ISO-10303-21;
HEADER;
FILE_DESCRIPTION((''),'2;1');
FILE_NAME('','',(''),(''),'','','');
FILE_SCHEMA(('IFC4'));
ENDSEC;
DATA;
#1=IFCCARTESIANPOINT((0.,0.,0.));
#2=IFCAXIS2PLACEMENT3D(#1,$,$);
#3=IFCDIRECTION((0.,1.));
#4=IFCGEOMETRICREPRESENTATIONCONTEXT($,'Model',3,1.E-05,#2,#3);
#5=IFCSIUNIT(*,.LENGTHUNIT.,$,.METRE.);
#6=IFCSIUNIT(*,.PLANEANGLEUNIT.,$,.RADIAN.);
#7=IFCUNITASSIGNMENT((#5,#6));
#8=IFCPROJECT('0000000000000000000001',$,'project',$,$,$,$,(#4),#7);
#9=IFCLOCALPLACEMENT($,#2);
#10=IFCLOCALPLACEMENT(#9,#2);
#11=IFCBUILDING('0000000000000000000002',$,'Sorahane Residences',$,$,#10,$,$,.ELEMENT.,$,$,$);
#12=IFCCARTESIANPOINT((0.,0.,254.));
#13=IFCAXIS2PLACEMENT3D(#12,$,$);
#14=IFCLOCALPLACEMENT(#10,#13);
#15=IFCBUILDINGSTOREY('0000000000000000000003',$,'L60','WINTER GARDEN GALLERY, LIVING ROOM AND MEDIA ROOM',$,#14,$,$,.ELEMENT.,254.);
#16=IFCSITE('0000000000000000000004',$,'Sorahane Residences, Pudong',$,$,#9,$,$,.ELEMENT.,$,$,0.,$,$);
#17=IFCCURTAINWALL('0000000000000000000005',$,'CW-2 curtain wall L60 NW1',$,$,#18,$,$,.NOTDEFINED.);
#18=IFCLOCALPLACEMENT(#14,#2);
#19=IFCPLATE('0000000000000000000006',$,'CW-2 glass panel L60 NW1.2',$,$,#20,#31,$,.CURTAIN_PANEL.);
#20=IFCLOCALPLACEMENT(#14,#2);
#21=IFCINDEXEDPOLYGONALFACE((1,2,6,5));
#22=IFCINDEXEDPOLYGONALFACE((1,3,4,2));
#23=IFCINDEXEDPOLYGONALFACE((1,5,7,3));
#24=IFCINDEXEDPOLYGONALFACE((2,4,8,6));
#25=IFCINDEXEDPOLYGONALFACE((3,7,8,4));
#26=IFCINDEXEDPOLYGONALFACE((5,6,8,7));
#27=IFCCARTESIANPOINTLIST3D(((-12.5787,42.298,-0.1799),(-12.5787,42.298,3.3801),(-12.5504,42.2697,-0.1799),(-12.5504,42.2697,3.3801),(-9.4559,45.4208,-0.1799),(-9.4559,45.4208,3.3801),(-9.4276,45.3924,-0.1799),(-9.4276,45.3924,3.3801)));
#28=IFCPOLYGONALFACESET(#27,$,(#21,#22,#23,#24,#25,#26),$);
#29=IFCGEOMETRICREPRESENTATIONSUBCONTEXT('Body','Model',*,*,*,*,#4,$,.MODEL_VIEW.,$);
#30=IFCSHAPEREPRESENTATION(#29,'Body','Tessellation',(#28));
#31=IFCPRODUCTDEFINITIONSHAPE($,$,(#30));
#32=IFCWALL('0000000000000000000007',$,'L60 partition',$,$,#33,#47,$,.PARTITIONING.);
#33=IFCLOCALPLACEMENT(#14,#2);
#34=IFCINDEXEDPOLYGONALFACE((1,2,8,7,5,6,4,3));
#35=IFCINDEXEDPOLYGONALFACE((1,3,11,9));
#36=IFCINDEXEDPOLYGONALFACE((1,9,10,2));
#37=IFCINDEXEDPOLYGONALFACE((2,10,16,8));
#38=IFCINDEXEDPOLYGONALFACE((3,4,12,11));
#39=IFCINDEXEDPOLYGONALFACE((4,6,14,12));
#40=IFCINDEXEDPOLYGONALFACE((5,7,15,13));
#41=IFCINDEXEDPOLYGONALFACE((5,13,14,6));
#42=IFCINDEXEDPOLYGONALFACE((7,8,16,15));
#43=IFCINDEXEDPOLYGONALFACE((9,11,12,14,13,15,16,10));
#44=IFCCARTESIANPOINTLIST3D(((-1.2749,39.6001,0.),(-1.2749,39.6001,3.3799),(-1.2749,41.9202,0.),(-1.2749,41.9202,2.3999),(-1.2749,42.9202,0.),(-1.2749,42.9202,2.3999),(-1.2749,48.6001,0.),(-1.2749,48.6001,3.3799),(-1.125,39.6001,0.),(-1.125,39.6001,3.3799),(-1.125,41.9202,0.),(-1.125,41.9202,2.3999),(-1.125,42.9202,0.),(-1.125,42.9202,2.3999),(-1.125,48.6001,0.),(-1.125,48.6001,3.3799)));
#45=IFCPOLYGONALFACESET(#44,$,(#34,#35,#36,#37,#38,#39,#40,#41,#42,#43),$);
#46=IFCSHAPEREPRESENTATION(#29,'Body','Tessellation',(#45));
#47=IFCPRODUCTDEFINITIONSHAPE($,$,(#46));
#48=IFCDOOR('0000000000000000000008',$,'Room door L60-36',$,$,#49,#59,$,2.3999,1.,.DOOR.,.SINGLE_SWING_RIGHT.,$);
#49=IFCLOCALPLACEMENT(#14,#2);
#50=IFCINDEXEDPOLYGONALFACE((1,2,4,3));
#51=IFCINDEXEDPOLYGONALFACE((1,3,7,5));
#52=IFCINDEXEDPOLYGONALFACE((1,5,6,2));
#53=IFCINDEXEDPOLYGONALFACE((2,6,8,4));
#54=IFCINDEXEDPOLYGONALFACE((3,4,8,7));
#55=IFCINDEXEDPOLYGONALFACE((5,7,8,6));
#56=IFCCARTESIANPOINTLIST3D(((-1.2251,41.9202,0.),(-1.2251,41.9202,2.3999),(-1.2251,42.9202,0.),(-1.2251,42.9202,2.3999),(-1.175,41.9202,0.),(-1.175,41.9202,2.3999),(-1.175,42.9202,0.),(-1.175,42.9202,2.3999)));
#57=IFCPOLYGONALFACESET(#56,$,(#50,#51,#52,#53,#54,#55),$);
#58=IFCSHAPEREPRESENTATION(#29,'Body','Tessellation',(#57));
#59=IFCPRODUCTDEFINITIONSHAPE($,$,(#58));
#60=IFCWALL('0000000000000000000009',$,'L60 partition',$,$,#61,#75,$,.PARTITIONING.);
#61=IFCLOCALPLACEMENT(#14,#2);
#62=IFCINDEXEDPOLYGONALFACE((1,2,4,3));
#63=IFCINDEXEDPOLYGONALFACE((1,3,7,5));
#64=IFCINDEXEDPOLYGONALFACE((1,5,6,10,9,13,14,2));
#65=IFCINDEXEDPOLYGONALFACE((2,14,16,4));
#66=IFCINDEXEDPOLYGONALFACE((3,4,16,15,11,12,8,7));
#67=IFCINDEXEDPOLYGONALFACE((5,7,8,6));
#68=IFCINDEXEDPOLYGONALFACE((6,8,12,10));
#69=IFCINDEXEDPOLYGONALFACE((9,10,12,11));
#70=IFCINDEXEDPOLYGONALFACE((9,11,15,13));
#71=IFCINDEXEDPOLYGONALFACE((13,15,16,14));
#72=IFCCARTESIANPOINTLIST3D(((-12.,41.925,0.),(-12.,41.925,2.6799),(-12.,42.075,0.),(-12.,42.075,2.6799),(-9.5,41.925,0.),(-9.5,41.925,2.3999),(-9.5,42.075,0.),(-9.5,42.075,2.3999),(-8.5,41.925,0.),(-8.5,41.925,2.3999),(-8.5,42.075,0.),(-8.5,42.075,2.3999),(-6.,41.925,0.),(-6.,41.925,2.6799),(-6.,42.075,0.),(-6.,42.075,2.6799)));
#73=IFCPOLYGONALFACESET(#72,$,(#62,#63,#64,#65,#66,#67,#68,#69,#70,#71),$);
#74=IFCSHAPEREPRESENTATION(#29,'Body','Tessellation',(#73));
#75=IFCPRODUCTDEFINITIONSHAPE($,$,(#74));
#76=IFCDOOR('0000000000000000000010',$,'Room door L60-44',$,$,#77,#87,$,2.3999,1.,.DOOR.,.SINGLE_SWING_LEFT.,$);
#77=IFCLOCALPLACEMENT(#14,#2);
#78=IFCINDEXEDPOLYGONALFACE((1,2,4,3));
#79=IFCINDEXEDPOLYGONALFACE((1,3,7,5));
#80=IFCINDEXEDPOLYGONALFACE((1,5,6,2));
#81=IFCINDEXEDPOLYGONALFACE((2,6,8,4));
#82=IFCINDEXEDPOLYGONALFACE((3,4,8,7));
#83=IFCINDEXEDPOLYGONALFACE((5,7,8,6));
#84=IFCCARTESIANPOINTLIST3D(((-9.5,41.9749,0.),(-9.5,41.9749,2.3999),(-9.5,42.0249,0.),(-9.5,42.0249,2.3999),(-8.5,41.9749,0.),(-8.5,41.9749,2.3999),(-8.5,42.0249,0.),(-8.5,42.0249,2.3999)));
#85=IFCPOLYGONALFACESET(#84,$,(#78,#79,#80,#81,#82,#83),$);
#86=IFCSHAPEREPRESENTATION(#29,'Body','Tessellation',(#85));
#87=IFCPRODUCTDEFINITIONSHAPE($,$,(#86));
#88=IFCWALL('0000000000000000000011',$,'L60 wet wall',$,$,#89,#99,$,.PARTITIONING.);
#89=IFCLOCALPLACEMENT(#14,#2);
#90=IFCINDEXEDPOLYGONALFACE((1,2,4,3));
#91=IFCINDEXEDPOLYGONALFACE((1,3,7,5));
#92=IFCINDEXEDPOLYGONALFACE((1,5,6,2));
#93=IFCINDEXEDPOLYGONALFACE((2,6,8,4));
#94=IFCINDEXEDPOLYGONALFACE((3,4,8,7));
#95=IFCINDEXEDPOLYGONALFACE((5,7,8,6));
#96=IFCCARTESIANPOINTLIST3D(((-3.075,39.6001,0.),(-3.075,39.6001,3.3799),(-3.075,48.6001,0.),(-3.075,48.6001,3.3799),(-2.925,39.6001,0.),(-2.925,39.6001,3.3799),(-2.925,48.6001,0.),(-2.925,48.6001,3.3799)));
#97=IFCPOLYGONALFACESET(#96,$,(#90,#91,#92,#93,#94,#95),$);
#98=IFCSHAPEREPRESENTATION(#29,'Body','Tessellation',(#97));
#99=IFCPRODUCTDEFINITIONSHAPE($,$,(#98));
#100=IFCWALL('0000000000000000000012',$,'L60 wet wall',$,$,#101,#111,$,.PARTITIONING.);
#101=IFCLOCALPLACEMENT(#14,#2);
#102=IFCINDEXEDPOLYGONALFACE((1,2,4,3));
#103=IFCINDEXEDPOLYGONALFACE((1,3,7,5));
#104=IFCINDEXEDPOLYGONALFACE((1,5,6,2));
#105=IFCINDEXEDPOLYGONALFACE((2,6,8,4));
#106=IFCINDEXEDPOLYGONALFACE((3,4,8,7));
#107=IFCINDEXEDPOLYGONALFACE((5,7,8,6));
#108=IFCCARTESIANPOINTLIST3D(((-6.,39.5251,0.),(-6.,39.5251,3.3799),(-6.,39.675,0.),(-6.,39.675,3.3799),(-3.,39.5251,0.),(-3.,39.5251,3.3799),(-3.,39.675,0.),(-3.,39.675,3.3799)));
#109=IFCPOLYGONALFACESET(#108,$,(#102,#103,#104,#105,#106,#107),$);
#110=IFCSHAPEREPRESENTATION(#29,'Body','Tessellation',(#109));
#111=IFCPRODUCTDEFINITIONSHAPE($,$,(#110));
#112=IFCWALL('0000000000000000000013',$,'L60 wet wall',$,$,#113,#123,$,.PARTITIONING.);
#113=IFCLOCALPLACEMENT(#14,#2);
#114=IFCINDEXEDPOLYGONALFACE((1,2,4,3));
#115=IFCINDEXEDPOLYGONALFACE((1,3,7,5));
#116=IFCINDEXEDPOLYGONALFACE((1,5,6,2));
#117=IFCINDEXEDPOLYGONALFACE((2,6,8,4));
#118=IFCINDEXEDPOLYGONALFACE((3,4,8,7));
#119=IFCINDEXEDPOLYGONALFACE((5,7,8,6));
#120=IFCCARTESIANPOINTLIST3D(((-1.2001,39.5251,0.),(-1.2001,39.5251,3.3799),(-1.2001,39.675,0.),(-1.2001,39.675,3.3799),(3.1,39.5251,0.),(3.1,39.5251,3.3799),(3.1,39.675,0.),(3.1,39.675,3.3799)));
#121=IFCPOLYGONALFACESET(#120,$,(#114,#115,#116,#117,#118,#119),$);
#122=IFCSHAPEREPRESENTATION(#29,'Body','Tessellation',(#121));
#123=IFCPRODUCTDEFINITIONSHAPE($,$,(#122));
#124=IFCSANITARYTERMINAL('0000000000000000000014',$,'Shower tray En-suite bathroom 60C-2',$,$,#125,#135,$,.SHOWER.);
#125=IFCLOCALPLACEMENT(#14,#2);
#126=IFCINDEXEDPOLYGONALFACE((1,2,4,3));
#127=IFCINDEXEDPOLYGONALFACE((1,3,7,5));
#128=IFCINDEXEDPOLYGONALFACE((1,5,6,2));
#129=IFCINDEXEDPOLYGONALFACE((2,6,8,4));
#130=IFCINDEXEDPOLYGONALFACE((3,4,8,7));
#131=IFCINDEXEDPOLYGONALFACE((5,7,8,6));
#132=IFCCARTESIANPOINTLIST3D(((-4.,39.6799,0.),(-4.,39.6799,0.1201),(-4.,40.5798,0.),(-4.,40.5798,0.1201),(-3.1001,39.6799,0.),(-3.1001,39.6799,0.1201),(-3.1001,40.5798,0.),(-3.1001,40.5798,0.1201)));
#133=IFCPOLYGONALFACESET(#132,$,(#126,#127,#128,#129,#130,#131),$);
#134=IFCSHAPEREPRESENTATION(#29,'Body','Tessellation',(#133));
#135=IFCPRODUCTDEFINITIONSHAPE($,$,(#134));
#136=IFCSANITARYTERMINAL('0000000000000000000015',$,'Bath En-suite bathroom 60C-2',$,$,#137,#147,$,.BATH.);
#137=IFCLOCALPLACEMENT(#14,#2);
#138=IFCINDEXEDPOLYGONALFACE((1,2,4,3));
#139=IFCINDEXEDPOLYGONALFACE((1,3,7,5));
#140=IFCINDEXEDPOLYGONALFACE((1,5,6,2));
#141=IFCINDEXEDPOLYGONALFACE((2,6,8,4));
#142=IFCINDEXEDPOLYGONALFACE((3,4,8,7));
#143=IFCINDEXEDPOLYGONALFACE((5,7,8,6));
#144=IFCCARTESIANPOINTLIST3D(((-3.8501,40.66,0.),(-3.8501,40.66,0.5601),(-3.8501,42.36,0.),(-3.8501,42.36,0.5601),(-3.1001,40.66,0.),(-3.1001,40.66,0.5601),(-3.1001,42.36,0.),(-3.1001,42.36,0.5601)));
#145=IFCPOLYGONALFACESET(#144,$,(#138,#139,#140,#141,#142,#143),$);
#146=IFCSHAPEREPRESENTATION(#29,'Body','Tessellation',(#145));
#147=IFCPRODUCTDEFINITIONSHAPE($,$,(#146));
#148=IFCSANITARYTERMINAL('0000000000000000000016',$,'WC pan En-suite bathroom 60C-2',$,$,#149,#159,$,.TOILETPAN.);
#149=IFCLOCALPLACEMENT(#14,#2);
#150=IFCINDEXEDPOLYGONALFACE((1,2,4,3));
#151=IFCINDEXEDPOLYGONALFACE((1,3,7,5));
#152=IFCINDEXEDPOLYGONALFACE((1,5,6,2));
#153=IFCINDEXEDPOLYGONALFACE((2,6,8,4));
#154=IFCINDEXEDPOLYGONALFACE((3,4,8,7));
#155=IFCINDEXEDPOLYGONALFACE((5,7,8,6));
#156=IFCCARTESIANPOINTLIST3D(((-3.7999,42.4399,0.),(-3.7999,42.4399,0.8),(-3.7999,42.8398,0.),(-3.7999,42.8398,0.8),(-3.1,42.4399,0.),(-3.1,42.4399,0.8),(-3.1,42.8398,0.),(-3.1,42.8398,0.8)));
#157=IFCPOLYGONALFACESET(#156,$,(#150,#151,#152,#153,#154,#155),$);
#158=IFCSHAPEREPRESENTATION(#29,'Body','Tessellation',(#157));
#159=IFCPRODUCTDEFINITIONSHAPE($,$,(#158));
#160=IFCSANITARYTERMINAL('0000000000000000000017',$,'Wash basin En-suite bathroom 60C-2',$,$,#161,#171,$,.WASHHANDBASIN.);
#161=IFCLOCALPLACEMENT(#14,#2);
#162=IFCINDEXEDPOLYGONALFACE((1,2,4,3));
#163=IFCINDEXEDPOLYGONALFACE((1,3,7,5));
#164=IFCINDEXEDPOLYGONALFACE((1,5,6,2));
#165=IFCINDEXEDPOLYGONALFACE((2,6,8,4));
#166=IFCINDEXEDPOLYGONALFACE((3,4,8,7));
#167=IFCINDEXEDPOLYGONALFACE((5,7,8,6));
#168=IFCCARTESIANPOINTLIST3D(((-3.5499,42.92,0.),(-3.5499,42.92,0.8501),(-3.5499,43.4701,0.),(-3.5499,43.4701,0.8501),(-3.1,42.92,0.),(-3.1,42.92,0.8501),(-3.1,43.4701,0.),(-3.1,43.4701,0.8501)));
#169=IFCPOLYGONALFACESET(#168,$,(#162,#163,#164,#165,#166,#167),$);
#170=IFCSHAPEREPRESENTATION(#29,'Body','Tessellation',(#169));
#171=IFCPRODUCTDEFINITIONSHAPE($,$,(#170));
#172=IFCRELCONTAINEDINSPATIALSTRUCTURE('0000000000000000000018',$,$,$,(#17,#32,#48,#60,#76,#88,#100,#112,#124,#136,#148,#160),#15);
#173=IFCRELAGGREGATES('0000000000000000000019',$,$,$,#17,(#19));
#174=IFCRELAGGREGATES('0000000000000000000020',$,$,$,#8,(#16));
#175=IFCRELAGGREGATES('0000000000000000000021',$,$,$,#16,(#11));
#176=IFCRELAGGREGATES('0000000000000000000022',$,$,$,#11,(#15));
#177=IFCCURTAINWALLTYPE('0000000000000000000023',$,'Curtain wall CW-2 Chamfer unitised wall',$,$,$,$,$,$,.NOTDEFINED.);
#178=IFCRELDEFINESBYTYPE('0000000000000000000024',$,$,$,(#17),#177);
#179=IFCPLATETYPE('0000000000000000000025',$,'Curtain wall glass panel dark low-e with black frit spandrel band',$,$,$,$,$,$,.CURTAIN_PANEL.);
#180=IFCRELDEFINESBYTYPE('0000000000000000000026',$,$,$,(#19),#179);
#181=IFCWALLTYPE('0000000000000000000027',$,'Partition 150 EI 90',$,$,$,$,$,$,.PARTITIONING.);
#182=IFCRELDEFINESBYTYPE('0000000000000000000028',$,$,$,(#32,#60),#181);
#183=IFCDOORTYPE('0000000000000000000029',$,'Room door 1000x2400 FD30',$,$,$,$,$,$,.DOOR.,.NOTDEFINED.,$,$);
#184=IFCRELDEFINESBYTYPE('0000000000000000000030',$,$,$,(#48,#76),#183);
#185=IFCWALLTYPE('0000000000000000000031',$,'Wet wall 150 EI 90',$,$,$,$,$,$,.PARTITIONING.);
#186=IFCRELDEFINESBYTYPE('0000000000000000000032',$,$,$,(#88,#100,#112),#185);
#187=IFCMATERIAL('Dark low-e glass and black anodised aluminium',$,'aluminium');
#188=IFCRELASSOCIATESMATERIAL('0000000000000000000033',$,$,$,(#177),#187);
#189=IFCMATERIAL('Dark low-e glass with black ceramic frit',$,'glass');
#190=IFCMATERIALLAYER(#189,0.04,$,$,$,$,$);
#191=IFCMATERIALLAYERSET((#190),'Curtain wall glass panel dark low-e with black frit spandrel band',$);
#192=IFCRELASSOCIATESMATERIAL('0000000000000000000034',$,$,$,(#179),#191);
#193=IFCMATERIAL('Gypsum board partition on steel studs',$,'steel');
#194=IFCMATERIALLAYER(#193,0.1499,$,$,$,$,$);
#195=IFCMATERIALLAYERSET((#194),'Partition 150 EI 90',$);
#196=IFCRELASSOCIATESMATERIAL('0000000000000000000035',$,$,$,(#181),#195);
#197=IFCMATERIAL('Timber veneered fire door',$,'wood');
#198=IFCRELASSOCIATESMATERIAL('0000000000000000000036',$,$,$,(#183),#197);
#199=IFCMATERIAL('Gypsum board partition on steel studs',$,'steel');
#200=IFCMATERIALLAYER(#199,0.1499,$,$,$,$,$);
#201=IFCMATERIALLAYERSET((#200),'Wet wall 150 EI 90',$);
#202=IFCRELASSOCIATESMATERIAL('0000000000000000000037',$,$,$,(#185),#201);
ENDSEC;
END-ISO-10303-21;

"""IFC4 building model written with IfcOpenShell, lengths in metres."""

from ifc_helpers import new_model, si_unit, direction, frame, frame_2d, origin, origin_2d, place, context, subcontext, project, spatial, rectangle, extrude, material, layer, layer_set, type_object, element, fill, aggregate, save


model = new_model("IFC4")

# Units and contexts
model_context = context("Model", 3, precision=1e-05, world=origin(), true_north=direction((0.0, 1.0)))
body_context = subcontext(model_context, "Body", "Model", "MODEL_VIEW")
ifc_project = project(units=[si_unit("LENGTHUNIT", "METRE"), si_unit("PLANEANGLEUNIT", "RADIAN")], contexts=[model_context])

# Site, building, storey
site_placement = place(None, origin())
site = spatial("IfcSite", under=ifc_project, at=site_placement, Name="Sorahane Residences, Pudong", CompositionType="ELEMENT", RefElevation=0.0)
building_placement = place(site_placement, origin())
building = spatial("IfcBuilding", under=site, at=building_placement, Name="Sorahane Residences", CompositionType="ELEMENT")
storey_placement = place(building_placement, frame((0.0, 0.0, 254.0)))
storey = spatial("IfcBuildingStorey", under=building, at=storey_placement, Name="L60", Description="WINTER GARDEN GALLERY, LIVING ROOM AND MEDIA ROOM", CompositionType="ELEMENT", Elevation=254.0)

# Curtain wall
ifc_material_1 = material(Name="Dark low-e glass and black anodised aluminium", Category="aluminium")
curtain_wall_type_1 = type_object("IfcCurtainWallType", Name="Curtain wall CW-2 Chamfer unitised wall", PredefinedType="NOTDEFINED", material=ifc_material_1)
curtain_wall_1_placement = place(storey_placement, origin())
curtain_wall_1 = element("IfcCurtainWall", 1, at=curtain_wall_1_placement, inside=storey, type_object=curtain_wall_type_1, Name="CW-2 curtain wall L60 NW1", PredefinedType="NOTDEFINED")

# Plate
ifc_material_2 = material(Name="Dark low-e glass with black ceramic frit", Category="glass")
ifc_layer_1 = layer(ifc_material_2, 0.04)
ifc_layer_set_1 = layer_set([ifc_layer_1], Name="Curtain wall glass panel dark low-e with black frit spandrel band")
plate_type = type_object("IfcPlateType", Name="Curtain wall glass panel dark low-e with black frit spandrel band", PredefinedType="CURTAIN_PANEL", material=ifc_layer_set_1)
plate_1_placement = place(storey_placement, frame((-11.0032, 43.8452, -0.1799), z_axis=(0.0, 0.0, 1.0), x_axis=(-0.707107, -0.707107, 0.0)))
plate_1 = element("IfcPlate", 2, at=plate_1_placement, type_object=plate_type, Name="CW-2 glass panel L60 NW1.2", PredefinedType="CURTAIN_PANEL", context=body_context, shape_type="SweptSolid", body=[
    extrude(rectangle(XDim=4.4163, YDim=0.04, at=origin_2d()), origin(), (0.0, 0.0, 1.0), 3.5601),
])
aggregate(curtain_wall_1, [plate_1])

# Walls, openings, doors
ifc_material_3 = material(Name="Gypsum board partition on steel studs", Category="steel")
ifc_layer_2 = layer(ifc_material_3, 0.1499)
ifc_layer_set_2 = layer_set([ifc_layer_2], Name="Partition 150 EI 90")
wall_type_1 = type_object("IfcWallType", Name="Partition 150 EI 90", PredefinedType="PARTITIONING", material=ifc_layer_set_2)
wall_1_placement = place(storey_placement, frame((-1.2, 39.6001, 0.0), z_axis=(0.0, 0.0, 1.0), x_axis=(0.0, 1.0, 0.0)))
wall_1 = element("IfcWall", 3, at=wall_1_placement, inside=storey, type_object=wall_type_1, Name="L60 partition", PredefinedType="PARTITIONING", context=body_context, shape_type="SweptSolid", body=[
    extrude(rectangle(XDim=9.0, YDim=0.1499, at=frame_2d((4.5, 0.0))), origin(), (0.0, 0.0, 1.0), 3.3799),
])
opening_1_placement = place(wall_1_placement, frame((2.3201, 0.0, 0.0)))
opening_1 = element("IfcOpeningElement", 4, at=opening_1_placement, cuts=wall_1, PredefinedType="OPENING", context=body_context, shape_type="SweptSolid", body=[
    extrude(rectangle(XDim=1.0, YDim=2.3999, at=frame_2d((0.5, 1.2))), frame((0.0, 0.085, 0.0), z_axis=(0.0, -1.0, 0.0), x_axis=(1.0, 0.0, 0.0)), (0.0, 0.0, 1.0), 0.1699),
])
ifc_material_4 = material(Name="Timber veneered fire door", Category="wood")
door_type = type_object("IfcDoorType", Name="Room door 1000x2400 FD30", OperationType="NOTDEFINED", PredefinedType="DOOR", material=ifc_material_4)
door_1_placement = place(opening_1_placement, frame((1.0, 0.0, 0.0), z_axis=(0.0, 0.0, 1.0), x_axis=(-1.0, 0.0, 0.0)))
door_1 = element("IfcDoor", 5, at=door_1_placement, inside=storey, type_object=door_type, Name="Room door L60-36", OperationType="SINGLE_SWING_RIGHT", OverallHeight=2.3999, OverallWidth=1.0, PredefinedType="DOOR", context=body_context, shape_type="SweptSolid", body=[
    extrude(rectangle(XDim=1.0, YDim=2.3999, at=frame_2d((0.5, 1.2))), frame((0.0, 0.0249, 0.0), z_axis=(0.0, -1.0, 0.0), x_axis=(1.0, 0.0, 0.0)), (0.0, 0.0, 1.0), 0.05),
])
fill(opening_1, door_1)
wall_2_placement = place(storey_placement, frame((-12.0, 42.0, 0.0), z_axis=(0.0, 0.0, 1.0), x_axis=(1.0, 0.0, 0.0)))
wall_2 = element("IfcWall", 6, at=wall_2_placement, inside=storey, type_object=wall_type_1, Name="L60 partition", PredefinedType="PARTITIONING", context=body_context, shape_type="SweptSolid", body=[
    extrude(rectangle(XDim=6.0, YDim=0.1499, at=frame_2d((3.0, 0.0))), origin(), (0.0, 0.0, 1.0), 2.6799),
])
opening_2_placement = place(wall_2_placement, frame((2.5, 0.0, 0.0)))
opening_2 = element("IfcOpeningElement", 7, at=opening_2_placement, cuts=wall_2, PredefinedType="OPENING", context=body_context, shape_type="SweptSolid", body=[
    extrude(rectangle(XDim=1.0, YDim=2.3999, at=frame_2d((0.5, 1.2))), frame((0.0, 0.085, 0.0), z_axis=(0.0, -1.0, 0.0), x_axis=(1.0, 0.0, 0.0)), (0.0, 0.0, 1.0), 0.1699),
])
door_2_placement = place(opening_2_placement, origin())
door_2 = element("IfcDoor", 8, at=door_2_placement, inside=storey, type_object=door_type, Name="Room door L60-44", OperationType="SINGLE_SWING_LEFT", OverallHeight=2.3999, OverallWidth=1.0, PredefinedType="DOOR", context=body_context, shape_type="SweptSolid", body=[
    extrude(rectangle(XDim=1.0, YDim=2.3999, at=frame_2d((0.5, 1.2))), frame((0.0, 0.0249, 0.0), z_axis=(0.0, -1.0, 0.0), x_axis=(1.0, 0.0, 0.0)), (0.0, 0.0, 1.0), 0.05),
])
fill(opening_2, door_2)

# Walls
ifc_material_5 = material(Name="Gypsum board partition on steel studs", Category="steel")
ifc_layer_3 = layer(ifc_material_5, 0.1499)
ifc_layer_set_3 = layer_set([ifc_layer_3], Name="Wet wall 150 EI 90")
wall_type_2 = type_object("IfcWallType", Name="Wet wall 150 EI 90", PredefinedType="PARTITIONING", material=ifc_layer_set_3)
wall_3_placement = place(storey_placement, frame((-3.0, 39.6001, 0.0), z_axis=(0.0, 0.0, 1.0), x_axis=(0.0, 1.0, 0.0)))
element("IfcWall", 9, at=wall_3_placement, inside=storey, type_object=wall_type_2, Name="L60 wet wall", PredefinedType="PARTITIONING", context=body_context, shape_type="SweptSolid", body=[
    extrude(rectangle(XDim=9.0, YDim=0.1499, at=frame_2d((4.5, 0.0))), origin(), (0.0, 0.0, 1.0), 3.3799),
])
wall_4_placement = place(storey_placement, frame((-6.0, 39.6001, 0.0), z_axis=(0.0, 0.0, 1.0), x_axis=(1.0, 0.0, 0.0)))
element("IfcWall", 10, at=wall_4_placement, inside=storey, type_object=wall_type_2, Name="L60 wet wall", PredefinedType="PARTITIONING", context=body_context, shape_type="SweptSolid", body=[
    extrude(rectangle(XDim=3.0, YDim=0.1499, at=frame_2d((1.5, 0.0))), origin(), (0.0, 0.0, 1.0), 3.3799),
])
wall_5_placement = place(storey_placement, frame((-1.2, 39.6001, 0.0), z_axis=(0.0, 0.0, 1.0), x_axis=(1.0, 0.0, 0.0)))
element("IfcWall", 11, at=wall_5_placement, inside=storey, type_object=wall_type_2, Name="L60 wet wall", PredefinedType="PARTITIONING", context=body_context, shape_type="SweptSolid", body=[
    extrude(rectangle(XDim=4.3, YDim=0.1499, at=frame_2d((2.1499, 0.0))), origin(), (0.0, 0.0, 1.0), 3.3799),
])

# Sanitary terminals
sanitary_terminal_1_placement = place(storey_placement, frame((-3.55, 40.1299, 0.0), z_axis=(0.0, 0.0, 1.0), x_axis=(0.0, -1.0, 0.0)))
element("IfcSanitaryTerminal", 12, at=sanitary_terminal_1_placement, inside=storey, Name="Shower tray En-suite bathroom 60C-2", PredefinedType="SHOWER", context=body_context, shape_type="SweptSolid", body=[
    extrude(rectangle(XDim=0.8999, YDim=0.8999, at=origin_2d()), origin(), (0.0, 0.0, 1.0), 0.1201),
])
sanitary_terminal_2_placement = place(storey_placement, frame((-3.4751, 41.51, 0.0), z_axis=(0.0, 0.0, 1.0), x_axis=(0.0, -1.0, 0.0)))
element("IfcSanitaryTerminal", 13, at=sanitary_terminal_2_placement, inside=storey, Name="Bath En-suite bathroom 60C-2", PredefinedType="BATH", context=body_context, shape_type="SweptSolid", body=[
    extrude(rectangle(XDim=1.7, YDim=0.75, at=origin_2d()), origin(), (0.0, 0.0, 1.0), 0.5601),
])
sanitary_terminal_3_placement = place(storey_placement, frame((-3.45, 42.6399, 0.0), z_axis=(0.0, 0.0, 1.0), x_axis=(0.0, -1.0, 0.0)))
element("IfcSanitaryTerminal", 14, at=sanitary_terminal_3_placement, inside=storey, Name="WC pan En-suite bathroom 60C-2", PredefinedType="TOILETPAN", context=body_context, shape_type="SweptSolid", body=[
    extrude(rectangle(XDim=0.3999, YDim=0.7, at=origin_2d()), origin(), (0.0, 0.0, 1.0), 0.8),
])
sanitary_terminal_4_placement = place(storey_placement, frame((-3.325, 43.1951, 0.0), z_axis=(0.0, 0.0, 1.0), x_axis=(0.0, -1.0, 0.0)))
element("IfcSanitaryTerminal", 15, at=sanitary_terminal_4_placement, inside=storey, Name="Wash basin En-suite bathroom 60C-2", PredefinedType="WASHHANDBASIN", context=body_context, shape_type="SweptSolid", body=[
    extrude(rectangle(XDim=0.55, YDim=0.45, at=origin_2d()), origin(), (0.0, 0.0, 1.0), 0.8501),
])

save(model, "model.ifc")
